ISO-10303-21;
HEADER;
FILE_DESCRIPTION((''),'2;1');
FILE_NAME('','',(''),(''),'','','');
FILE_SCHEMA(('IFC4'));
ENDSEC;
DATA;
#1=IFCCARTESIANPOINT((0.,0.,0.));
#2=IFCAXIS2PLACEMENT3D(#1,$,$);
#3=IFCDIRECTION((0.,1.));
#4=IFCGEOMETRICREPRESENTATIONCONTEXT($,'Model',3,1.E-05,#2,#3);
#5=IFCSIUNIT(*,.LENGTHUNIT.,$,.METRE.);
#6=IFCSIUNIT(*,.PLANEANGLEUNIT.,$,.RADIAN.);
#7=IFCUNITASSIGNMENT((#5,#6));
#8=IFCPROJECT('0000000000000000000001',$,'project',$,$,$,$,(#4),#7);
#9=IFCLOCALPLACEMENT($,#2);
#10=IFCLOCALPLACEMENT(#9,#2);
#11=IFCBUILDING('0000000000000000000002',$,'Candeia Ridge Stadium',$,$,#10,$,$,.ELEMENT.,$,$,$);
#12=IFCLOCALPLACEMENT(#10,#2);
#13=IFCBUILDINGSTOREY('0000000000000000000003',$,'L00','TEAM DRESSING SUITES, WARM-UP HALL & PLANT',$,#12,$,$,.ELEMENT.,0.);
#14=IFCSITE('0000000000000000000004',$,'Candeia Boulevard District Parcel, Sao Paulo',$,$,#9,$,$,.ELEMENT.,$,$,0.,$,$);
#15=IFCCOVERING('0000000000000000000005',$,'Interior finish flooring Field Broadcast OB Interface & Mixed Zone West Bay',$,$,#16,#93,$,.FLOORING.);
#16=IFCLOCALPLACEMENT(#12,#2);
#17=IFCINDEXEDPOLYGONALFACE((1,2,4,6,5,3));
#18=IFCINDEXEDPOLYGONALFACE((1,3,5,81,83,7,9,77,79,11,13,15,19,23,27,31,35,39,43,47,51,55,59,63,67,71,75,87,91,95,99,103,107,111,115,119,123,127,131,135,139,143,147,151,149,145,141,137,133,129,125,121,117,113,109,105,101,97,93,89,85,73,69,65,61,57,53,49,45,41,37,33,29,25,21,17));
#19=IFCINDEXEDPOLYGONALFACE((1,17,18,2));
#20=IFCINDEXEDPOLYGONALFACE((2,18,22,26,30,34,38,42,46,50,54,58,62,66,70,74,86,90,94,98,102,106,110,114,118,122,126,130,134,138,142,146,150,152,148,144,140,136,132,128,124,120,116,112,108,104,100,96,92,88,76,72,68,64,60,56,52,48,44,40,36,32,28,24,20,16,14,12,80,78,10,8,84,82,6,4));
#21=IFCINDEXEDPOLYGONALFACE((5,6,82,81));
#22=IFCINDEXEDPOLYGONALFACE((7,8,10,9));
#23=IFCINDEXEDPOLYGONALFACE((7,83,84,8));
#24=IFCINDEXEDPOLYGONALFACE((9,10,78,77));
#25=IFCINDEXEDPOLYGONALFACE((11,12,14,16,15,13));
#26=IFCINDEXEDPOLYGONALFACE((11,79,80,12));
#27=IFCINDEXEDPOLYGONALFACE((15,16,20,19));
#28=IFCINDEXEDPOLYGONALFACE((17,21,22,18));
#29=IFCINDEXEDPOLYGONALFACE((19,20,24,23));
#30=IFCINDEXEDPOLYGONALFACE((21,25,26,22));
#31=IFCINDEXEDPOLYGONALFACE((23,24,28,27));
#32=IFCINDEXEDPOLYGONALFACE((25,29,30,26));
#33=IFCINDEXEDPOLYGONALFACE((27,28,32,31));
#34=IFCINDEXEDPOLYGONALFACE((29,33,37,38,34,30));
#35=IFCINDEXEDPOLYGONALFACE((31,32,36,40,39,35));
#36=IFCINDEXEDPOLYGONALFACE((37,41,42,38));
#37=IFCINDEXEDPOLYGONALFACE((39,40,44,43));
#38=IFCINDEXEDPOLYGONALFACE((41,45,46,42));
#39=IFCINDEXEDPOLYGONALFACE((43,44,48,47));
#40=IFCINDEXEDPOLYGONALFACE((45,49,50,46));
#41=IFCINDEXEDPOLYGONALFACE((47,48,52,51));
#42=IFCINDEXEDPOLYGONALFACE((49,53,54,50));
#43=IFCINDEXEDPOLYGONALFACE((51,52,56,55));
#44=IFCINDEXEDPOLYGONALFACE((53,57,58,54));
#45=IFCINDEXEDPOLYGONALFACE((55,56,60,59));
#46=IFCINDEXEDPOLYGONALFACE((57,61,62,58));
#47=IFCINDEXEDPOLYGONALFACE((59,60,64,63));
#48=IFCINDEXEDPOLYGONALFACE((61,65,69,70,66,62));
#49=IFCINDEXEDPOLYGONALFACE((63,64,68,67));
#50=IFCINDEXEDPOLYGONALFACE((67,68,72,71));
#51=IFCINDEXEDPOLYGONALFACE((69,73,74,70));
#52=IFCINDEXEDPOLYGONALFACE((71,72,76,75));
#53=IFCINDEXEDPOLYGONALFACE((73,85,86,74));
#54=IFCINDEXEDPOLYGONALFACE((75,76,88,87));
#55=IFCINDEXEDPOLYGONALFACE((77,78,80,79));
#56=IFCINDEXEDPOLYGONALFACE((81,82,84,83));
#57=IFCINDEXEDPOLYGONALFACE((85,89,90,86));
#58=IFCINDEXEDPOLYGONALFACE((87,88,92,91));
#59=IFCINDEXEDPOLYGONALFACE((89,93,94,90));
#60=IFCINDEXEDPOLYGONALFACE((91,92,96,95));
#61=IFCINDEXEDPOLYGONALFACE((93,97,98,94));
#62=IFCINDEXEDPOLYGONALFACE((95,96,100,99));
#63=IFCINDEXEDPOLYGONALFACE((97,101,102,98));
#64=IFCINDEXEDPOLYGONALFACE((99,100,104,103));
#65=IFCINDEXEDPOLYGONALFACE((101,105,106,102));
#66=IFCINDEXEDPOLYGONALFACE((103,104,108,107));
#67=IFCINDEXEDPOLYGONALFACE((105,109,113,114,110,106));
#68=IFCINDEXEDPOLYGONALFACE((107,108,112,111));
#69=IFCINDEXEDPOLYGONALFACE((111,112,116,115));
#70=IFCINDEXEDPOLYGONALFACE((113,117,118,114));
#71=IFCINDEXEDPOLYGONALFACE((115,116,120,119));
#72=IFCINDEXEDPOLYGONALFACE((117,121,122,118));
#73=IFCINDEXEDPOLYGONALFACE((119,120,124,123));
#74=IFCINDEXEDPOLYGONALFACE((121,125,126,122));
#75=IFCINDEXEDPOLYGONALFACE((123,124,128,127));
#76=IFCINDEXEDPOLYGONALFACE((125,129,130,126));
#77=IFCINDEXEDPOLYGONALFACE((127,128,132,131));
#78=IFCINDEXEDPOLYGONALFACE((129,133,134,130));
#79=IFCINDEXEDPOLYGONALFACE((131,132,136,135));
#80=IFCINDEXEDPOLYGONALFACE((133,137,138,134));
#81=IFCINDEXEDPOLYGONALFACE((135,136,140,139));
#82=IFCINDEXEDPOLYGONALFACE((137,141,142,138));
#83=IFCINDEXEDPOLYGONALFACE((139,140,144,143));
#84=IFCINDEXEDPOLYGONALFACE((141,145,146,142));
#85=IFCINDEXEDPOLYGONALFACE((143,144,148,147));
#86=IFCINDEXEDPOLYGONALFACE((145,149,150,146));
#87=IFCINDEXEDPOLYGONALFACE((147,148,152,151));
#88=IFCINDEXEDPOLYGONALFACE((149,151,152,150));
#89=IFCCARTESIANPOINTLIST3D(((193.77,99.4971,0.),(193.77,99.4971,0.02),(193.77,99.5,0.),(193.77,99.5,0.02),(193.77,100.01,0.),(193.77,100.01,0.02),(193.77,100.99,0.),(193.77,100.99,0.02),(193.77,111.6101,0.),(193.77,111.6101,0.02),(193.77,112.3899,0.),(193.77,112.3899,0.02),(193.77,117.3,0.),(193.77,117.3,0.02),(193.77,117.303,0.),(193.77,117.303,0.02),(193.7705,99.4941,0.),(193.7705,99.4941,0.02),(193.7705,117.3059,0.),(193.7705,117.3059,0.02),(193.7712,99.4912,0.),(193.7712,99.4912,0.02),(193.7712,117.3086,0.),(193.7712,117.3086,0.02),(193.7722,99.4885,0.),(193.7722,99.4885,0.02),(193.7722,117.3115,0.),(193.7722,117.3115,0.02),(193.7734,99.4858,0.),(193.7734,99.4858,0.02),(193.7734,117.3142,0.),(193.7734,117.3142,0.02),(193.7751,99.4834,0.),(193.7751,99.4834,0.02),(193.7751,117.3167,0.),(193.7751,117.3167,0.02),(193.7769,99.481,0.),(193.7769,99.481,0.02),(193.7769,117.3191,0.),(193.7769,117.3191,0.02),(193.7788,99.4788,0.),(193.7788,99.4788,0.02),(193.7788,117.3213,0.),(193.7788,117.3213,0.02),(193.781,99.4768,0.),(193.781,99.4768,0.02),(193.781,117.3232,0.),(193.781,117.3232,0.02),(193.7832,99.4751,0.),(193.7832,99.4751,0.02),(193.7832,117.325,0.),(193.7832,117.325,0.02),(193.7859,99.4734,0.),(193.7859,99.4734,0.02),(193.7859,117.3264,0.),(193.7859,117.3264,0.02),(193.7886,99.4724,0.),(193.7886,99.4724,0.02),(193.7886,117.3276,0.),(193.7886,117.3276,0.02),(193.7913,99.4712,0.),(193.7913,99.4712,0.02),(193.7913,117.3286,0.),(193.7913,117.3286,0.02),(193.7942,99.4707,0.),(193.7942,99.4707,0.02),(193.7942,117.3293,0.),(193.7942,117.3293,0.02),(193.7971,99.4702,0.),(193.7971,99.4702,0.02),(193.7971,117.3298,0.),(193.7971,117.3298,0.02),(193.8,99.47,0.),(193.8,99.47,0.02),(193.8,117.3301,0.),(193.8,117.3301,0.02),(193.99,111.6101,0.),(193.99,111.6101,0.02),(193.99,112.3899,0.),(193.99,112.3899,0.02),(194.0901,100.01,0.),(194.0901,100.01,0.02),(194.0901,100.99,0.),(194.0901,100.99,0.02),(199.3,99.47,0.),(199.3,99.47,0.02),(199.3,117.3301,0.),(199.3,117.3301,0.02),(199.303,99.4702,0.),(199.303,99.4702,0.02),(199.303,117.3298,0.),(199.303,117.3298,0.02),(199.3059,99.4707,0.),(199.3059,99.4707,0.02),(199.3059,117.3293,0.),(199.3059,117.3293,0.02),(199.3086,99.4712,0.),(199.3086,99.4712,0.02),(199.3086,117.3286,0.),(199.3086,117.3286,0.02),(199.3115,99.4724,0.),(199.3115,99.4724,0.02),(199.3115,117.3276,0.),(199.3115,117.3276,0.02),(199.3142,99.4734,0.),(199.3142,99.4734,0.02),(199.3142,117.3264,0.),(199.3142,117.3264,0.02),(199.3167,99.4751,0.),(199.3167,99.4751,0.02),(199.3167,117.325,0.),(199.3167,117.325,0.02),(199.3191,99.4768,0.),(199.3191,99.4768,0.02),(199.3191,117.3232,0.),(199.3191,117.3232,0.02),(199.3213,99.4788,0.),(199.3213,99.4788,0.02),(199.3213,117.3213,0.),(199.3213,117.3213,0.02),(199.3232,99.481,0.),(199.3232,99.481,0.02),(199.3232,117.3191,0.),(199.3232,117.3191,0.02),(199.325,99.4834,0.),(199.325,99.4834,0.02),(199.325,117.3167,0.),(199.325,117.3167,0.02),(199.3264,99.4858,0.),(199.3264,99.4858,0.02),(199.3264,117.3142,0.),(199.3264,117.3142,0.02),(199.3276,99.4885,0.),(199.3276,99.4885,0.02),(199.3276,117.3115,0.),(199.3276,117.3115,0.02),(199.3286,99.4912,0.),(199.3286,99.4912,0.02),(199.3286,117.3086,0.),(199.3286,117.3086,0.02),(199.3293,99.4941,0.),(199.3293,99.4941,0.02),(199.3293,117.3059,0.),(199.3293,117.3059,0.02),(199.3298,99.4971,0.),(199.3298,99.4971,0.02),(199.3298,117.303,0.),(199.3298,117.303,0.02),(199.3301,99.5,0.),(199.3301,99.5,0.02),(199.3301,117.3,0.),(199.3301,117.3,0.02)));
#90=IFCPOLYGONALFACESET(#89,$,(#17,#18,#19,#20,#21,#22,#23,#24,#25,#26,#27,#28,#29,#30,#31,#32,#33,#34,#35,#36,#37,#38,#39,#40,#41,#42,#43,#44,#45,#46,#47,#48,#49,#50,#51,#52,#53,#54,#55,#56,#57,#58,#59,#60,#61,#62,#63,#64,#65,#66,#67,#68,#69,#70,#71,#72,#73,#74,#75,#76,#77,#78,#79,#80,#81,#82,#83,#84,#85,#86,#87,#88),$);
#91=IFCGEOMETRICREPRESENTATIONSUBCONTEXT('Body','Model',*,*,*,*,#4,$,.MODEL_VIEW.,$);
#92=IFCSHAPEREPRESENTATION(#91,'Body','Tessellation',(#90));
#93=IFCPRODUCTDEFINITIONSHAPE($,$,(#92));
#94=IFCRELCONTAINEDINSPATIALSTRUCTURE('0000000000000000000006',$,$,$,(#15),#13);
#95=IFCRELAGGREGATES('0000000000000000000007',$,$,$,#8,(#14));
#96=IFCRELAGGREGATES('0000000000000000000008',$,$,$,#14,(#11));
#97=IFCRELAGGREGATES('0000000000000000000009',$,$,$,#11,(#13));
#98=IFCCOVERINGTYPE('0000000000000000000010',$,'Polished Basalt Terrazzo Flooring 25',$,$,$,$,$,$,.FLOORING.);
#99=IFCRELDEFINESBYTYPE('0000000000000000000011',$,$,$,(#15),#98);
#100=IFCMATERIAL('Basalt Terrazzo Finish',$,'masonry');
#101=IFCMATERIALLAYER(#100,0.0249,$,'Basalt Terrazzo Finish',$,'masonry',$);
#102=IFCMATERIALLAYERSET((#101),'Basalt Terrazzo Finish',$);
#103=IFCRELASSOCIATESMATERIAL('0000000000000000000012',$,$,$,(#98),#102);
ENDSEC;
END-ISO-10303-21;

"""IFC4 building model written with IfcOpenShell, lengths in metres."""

from ifc_helpers import new_model, si_unit, direction, origin, place, context, subcontext, project, spatial, polyline, outline, extrude, material, layer, layer_set, type_object, element, save


model = new_model("IFC4")

# Units and contexts
model_context = context("Model", 3, precision=1e-05, world=origin(), true_north=direction((0.0, 1.0)))
body_context = subcontext(model_context, "Body", "Model", "MODEL_VIEW")
ifc_project = project(units=[si_unit("LENGTHUNIT", "METRE"), si_unit("PLANEANGLEUNIT", "RADIAN")], contexts=[model_context])

# Site, building, storey
site_placement = place(None, origin())
site = spatial("IfcSite", under=ifc_project, at=site_placement, Name="Candeia Boulevard District Parcel, Sao Paulo", CompositionType="ELEMENT", RefElevation=0.0)
building_placement = place(site_placement, origin())
building = spatial("IfcBuilding", under=site, at=building_placement, Name="Candeia Ridge Stadium", CompositionType="ELEMENT")
storey_placement = place(building_placement, origin())
storey = spatial("IfcBuildingStorey", under=building, at=storey_placement, Name="L00", Description="TEAM DRESSING SUITES, WARM-UP HALL & PLANT", CompositionType="ELEMENT", Elevation=0.0)

# Covering
ifc_material_1 = material(Name="Basalt Terrazzo Finish", Category="masonry")
ifc_layer_1 = layer(ifc_material_1, 0.0249, Name="Basalt Terrazzo Finish", Category="masonry")
ifc_layer_set_1 = layer_set([ifc_layer_1], Name="Basalt Terrazzo Finish")
covering_type_1 = type_object("IfcCoveringType", Name="Polished Basalt Terrazzo Flooring 25", PredefinedType="FLOORING", material=ifc_layer_set_1)
covering_1_placement = place(storey_placement, origin())
element("IfcCovering", 1, at=covering_1_placement, inside=storey, type_object=covering_type_1, Name="Interior finish flooring Field Broadcast OB Interface & Mixed Zone West Bay", PredefinedType="FLOORING", context=body_context, shape_type="SweptSolid", body=[
    extrude(outline(polyline([(193.7942, 99.4707), (193.7913, 99.4712), (193.7886, 99.4724), (193.7859, 99.4734), (193.7832, 99.4751), (193.781, 99.4768), (193.7788, 99.4788), (193.7769, 99.481), (193.7751, 99.4834), (193.7734, 99.4858), (193.7722, 99.4885), (193.7712, 99.4912), (193.7705, 99.4941), (193.77, 99.4971), (193.77, 99.5), (193.77, 100.01), (194.0901, 100.01), (194.0901, 100.99), (193.77, 100.99), (193.77, 111.6101), (193.99, 111.6101), (193.99, 112.3899), (193.77, 112.3899), (193.77, 117.3), (193.77, 117.303), (193.7705, 117.3059), (193.7712, 117.3086), (193.7722, 117.3115), (193.7734, 117.3142), (193.7751, 117.3167), (193.7769, 117.3191), (193.7788, 117.3213), (193.781, 117.3232), (193.7832, 117.325), (193.7859, 117.3264), (193.7886, 117.3276), (193.7913, 117.3286), (193.7942, 117.3293), (193.7971, 117.3298), (193.8, 117.3301), (199.3, 117.3301), (199.303, 117.3298), (199.3059, 117.3293), (199.3086, 117.3286), (199.3115, 117.3276), (199.3142, 117.3264), (199.3167, 117.325), (199.3191, 117.3232), (199.3213, 117.3213), (199.3232, 117.3191), (199.325, 117.3167), (199.3264, 117.3142), (199.3276, 117.3115), (199.3286, 117.3086), (199.3293, 117.3059), (199.3298, 117.303), (199.3301, 117.3), (199.3301, 99.5), (199.3298, 99.4971), (199.3293, 99.4941), (199.3286, 99.4912), (199.3276, 99.4885), (199.3264, 99.4858), (199.325, 99.4834), (199.3232, 99.481), (199.3213, 99.4788), (199.3191, 99.4768), (199.3167, 99.4751), (199.3142, 99.4734), (199.3115, 99.4724), (199.3086, 99.4712), (199.3059, 99.4707), (199.303, 99.4702), (199.3, 99.47), (193.8, 99.47), (193.7971, 99.4702), (193.7942, 99.4707)])), origin(), (0.0, 0.0, 1.0), 0.02),
])

save(model, "model.ifc")
